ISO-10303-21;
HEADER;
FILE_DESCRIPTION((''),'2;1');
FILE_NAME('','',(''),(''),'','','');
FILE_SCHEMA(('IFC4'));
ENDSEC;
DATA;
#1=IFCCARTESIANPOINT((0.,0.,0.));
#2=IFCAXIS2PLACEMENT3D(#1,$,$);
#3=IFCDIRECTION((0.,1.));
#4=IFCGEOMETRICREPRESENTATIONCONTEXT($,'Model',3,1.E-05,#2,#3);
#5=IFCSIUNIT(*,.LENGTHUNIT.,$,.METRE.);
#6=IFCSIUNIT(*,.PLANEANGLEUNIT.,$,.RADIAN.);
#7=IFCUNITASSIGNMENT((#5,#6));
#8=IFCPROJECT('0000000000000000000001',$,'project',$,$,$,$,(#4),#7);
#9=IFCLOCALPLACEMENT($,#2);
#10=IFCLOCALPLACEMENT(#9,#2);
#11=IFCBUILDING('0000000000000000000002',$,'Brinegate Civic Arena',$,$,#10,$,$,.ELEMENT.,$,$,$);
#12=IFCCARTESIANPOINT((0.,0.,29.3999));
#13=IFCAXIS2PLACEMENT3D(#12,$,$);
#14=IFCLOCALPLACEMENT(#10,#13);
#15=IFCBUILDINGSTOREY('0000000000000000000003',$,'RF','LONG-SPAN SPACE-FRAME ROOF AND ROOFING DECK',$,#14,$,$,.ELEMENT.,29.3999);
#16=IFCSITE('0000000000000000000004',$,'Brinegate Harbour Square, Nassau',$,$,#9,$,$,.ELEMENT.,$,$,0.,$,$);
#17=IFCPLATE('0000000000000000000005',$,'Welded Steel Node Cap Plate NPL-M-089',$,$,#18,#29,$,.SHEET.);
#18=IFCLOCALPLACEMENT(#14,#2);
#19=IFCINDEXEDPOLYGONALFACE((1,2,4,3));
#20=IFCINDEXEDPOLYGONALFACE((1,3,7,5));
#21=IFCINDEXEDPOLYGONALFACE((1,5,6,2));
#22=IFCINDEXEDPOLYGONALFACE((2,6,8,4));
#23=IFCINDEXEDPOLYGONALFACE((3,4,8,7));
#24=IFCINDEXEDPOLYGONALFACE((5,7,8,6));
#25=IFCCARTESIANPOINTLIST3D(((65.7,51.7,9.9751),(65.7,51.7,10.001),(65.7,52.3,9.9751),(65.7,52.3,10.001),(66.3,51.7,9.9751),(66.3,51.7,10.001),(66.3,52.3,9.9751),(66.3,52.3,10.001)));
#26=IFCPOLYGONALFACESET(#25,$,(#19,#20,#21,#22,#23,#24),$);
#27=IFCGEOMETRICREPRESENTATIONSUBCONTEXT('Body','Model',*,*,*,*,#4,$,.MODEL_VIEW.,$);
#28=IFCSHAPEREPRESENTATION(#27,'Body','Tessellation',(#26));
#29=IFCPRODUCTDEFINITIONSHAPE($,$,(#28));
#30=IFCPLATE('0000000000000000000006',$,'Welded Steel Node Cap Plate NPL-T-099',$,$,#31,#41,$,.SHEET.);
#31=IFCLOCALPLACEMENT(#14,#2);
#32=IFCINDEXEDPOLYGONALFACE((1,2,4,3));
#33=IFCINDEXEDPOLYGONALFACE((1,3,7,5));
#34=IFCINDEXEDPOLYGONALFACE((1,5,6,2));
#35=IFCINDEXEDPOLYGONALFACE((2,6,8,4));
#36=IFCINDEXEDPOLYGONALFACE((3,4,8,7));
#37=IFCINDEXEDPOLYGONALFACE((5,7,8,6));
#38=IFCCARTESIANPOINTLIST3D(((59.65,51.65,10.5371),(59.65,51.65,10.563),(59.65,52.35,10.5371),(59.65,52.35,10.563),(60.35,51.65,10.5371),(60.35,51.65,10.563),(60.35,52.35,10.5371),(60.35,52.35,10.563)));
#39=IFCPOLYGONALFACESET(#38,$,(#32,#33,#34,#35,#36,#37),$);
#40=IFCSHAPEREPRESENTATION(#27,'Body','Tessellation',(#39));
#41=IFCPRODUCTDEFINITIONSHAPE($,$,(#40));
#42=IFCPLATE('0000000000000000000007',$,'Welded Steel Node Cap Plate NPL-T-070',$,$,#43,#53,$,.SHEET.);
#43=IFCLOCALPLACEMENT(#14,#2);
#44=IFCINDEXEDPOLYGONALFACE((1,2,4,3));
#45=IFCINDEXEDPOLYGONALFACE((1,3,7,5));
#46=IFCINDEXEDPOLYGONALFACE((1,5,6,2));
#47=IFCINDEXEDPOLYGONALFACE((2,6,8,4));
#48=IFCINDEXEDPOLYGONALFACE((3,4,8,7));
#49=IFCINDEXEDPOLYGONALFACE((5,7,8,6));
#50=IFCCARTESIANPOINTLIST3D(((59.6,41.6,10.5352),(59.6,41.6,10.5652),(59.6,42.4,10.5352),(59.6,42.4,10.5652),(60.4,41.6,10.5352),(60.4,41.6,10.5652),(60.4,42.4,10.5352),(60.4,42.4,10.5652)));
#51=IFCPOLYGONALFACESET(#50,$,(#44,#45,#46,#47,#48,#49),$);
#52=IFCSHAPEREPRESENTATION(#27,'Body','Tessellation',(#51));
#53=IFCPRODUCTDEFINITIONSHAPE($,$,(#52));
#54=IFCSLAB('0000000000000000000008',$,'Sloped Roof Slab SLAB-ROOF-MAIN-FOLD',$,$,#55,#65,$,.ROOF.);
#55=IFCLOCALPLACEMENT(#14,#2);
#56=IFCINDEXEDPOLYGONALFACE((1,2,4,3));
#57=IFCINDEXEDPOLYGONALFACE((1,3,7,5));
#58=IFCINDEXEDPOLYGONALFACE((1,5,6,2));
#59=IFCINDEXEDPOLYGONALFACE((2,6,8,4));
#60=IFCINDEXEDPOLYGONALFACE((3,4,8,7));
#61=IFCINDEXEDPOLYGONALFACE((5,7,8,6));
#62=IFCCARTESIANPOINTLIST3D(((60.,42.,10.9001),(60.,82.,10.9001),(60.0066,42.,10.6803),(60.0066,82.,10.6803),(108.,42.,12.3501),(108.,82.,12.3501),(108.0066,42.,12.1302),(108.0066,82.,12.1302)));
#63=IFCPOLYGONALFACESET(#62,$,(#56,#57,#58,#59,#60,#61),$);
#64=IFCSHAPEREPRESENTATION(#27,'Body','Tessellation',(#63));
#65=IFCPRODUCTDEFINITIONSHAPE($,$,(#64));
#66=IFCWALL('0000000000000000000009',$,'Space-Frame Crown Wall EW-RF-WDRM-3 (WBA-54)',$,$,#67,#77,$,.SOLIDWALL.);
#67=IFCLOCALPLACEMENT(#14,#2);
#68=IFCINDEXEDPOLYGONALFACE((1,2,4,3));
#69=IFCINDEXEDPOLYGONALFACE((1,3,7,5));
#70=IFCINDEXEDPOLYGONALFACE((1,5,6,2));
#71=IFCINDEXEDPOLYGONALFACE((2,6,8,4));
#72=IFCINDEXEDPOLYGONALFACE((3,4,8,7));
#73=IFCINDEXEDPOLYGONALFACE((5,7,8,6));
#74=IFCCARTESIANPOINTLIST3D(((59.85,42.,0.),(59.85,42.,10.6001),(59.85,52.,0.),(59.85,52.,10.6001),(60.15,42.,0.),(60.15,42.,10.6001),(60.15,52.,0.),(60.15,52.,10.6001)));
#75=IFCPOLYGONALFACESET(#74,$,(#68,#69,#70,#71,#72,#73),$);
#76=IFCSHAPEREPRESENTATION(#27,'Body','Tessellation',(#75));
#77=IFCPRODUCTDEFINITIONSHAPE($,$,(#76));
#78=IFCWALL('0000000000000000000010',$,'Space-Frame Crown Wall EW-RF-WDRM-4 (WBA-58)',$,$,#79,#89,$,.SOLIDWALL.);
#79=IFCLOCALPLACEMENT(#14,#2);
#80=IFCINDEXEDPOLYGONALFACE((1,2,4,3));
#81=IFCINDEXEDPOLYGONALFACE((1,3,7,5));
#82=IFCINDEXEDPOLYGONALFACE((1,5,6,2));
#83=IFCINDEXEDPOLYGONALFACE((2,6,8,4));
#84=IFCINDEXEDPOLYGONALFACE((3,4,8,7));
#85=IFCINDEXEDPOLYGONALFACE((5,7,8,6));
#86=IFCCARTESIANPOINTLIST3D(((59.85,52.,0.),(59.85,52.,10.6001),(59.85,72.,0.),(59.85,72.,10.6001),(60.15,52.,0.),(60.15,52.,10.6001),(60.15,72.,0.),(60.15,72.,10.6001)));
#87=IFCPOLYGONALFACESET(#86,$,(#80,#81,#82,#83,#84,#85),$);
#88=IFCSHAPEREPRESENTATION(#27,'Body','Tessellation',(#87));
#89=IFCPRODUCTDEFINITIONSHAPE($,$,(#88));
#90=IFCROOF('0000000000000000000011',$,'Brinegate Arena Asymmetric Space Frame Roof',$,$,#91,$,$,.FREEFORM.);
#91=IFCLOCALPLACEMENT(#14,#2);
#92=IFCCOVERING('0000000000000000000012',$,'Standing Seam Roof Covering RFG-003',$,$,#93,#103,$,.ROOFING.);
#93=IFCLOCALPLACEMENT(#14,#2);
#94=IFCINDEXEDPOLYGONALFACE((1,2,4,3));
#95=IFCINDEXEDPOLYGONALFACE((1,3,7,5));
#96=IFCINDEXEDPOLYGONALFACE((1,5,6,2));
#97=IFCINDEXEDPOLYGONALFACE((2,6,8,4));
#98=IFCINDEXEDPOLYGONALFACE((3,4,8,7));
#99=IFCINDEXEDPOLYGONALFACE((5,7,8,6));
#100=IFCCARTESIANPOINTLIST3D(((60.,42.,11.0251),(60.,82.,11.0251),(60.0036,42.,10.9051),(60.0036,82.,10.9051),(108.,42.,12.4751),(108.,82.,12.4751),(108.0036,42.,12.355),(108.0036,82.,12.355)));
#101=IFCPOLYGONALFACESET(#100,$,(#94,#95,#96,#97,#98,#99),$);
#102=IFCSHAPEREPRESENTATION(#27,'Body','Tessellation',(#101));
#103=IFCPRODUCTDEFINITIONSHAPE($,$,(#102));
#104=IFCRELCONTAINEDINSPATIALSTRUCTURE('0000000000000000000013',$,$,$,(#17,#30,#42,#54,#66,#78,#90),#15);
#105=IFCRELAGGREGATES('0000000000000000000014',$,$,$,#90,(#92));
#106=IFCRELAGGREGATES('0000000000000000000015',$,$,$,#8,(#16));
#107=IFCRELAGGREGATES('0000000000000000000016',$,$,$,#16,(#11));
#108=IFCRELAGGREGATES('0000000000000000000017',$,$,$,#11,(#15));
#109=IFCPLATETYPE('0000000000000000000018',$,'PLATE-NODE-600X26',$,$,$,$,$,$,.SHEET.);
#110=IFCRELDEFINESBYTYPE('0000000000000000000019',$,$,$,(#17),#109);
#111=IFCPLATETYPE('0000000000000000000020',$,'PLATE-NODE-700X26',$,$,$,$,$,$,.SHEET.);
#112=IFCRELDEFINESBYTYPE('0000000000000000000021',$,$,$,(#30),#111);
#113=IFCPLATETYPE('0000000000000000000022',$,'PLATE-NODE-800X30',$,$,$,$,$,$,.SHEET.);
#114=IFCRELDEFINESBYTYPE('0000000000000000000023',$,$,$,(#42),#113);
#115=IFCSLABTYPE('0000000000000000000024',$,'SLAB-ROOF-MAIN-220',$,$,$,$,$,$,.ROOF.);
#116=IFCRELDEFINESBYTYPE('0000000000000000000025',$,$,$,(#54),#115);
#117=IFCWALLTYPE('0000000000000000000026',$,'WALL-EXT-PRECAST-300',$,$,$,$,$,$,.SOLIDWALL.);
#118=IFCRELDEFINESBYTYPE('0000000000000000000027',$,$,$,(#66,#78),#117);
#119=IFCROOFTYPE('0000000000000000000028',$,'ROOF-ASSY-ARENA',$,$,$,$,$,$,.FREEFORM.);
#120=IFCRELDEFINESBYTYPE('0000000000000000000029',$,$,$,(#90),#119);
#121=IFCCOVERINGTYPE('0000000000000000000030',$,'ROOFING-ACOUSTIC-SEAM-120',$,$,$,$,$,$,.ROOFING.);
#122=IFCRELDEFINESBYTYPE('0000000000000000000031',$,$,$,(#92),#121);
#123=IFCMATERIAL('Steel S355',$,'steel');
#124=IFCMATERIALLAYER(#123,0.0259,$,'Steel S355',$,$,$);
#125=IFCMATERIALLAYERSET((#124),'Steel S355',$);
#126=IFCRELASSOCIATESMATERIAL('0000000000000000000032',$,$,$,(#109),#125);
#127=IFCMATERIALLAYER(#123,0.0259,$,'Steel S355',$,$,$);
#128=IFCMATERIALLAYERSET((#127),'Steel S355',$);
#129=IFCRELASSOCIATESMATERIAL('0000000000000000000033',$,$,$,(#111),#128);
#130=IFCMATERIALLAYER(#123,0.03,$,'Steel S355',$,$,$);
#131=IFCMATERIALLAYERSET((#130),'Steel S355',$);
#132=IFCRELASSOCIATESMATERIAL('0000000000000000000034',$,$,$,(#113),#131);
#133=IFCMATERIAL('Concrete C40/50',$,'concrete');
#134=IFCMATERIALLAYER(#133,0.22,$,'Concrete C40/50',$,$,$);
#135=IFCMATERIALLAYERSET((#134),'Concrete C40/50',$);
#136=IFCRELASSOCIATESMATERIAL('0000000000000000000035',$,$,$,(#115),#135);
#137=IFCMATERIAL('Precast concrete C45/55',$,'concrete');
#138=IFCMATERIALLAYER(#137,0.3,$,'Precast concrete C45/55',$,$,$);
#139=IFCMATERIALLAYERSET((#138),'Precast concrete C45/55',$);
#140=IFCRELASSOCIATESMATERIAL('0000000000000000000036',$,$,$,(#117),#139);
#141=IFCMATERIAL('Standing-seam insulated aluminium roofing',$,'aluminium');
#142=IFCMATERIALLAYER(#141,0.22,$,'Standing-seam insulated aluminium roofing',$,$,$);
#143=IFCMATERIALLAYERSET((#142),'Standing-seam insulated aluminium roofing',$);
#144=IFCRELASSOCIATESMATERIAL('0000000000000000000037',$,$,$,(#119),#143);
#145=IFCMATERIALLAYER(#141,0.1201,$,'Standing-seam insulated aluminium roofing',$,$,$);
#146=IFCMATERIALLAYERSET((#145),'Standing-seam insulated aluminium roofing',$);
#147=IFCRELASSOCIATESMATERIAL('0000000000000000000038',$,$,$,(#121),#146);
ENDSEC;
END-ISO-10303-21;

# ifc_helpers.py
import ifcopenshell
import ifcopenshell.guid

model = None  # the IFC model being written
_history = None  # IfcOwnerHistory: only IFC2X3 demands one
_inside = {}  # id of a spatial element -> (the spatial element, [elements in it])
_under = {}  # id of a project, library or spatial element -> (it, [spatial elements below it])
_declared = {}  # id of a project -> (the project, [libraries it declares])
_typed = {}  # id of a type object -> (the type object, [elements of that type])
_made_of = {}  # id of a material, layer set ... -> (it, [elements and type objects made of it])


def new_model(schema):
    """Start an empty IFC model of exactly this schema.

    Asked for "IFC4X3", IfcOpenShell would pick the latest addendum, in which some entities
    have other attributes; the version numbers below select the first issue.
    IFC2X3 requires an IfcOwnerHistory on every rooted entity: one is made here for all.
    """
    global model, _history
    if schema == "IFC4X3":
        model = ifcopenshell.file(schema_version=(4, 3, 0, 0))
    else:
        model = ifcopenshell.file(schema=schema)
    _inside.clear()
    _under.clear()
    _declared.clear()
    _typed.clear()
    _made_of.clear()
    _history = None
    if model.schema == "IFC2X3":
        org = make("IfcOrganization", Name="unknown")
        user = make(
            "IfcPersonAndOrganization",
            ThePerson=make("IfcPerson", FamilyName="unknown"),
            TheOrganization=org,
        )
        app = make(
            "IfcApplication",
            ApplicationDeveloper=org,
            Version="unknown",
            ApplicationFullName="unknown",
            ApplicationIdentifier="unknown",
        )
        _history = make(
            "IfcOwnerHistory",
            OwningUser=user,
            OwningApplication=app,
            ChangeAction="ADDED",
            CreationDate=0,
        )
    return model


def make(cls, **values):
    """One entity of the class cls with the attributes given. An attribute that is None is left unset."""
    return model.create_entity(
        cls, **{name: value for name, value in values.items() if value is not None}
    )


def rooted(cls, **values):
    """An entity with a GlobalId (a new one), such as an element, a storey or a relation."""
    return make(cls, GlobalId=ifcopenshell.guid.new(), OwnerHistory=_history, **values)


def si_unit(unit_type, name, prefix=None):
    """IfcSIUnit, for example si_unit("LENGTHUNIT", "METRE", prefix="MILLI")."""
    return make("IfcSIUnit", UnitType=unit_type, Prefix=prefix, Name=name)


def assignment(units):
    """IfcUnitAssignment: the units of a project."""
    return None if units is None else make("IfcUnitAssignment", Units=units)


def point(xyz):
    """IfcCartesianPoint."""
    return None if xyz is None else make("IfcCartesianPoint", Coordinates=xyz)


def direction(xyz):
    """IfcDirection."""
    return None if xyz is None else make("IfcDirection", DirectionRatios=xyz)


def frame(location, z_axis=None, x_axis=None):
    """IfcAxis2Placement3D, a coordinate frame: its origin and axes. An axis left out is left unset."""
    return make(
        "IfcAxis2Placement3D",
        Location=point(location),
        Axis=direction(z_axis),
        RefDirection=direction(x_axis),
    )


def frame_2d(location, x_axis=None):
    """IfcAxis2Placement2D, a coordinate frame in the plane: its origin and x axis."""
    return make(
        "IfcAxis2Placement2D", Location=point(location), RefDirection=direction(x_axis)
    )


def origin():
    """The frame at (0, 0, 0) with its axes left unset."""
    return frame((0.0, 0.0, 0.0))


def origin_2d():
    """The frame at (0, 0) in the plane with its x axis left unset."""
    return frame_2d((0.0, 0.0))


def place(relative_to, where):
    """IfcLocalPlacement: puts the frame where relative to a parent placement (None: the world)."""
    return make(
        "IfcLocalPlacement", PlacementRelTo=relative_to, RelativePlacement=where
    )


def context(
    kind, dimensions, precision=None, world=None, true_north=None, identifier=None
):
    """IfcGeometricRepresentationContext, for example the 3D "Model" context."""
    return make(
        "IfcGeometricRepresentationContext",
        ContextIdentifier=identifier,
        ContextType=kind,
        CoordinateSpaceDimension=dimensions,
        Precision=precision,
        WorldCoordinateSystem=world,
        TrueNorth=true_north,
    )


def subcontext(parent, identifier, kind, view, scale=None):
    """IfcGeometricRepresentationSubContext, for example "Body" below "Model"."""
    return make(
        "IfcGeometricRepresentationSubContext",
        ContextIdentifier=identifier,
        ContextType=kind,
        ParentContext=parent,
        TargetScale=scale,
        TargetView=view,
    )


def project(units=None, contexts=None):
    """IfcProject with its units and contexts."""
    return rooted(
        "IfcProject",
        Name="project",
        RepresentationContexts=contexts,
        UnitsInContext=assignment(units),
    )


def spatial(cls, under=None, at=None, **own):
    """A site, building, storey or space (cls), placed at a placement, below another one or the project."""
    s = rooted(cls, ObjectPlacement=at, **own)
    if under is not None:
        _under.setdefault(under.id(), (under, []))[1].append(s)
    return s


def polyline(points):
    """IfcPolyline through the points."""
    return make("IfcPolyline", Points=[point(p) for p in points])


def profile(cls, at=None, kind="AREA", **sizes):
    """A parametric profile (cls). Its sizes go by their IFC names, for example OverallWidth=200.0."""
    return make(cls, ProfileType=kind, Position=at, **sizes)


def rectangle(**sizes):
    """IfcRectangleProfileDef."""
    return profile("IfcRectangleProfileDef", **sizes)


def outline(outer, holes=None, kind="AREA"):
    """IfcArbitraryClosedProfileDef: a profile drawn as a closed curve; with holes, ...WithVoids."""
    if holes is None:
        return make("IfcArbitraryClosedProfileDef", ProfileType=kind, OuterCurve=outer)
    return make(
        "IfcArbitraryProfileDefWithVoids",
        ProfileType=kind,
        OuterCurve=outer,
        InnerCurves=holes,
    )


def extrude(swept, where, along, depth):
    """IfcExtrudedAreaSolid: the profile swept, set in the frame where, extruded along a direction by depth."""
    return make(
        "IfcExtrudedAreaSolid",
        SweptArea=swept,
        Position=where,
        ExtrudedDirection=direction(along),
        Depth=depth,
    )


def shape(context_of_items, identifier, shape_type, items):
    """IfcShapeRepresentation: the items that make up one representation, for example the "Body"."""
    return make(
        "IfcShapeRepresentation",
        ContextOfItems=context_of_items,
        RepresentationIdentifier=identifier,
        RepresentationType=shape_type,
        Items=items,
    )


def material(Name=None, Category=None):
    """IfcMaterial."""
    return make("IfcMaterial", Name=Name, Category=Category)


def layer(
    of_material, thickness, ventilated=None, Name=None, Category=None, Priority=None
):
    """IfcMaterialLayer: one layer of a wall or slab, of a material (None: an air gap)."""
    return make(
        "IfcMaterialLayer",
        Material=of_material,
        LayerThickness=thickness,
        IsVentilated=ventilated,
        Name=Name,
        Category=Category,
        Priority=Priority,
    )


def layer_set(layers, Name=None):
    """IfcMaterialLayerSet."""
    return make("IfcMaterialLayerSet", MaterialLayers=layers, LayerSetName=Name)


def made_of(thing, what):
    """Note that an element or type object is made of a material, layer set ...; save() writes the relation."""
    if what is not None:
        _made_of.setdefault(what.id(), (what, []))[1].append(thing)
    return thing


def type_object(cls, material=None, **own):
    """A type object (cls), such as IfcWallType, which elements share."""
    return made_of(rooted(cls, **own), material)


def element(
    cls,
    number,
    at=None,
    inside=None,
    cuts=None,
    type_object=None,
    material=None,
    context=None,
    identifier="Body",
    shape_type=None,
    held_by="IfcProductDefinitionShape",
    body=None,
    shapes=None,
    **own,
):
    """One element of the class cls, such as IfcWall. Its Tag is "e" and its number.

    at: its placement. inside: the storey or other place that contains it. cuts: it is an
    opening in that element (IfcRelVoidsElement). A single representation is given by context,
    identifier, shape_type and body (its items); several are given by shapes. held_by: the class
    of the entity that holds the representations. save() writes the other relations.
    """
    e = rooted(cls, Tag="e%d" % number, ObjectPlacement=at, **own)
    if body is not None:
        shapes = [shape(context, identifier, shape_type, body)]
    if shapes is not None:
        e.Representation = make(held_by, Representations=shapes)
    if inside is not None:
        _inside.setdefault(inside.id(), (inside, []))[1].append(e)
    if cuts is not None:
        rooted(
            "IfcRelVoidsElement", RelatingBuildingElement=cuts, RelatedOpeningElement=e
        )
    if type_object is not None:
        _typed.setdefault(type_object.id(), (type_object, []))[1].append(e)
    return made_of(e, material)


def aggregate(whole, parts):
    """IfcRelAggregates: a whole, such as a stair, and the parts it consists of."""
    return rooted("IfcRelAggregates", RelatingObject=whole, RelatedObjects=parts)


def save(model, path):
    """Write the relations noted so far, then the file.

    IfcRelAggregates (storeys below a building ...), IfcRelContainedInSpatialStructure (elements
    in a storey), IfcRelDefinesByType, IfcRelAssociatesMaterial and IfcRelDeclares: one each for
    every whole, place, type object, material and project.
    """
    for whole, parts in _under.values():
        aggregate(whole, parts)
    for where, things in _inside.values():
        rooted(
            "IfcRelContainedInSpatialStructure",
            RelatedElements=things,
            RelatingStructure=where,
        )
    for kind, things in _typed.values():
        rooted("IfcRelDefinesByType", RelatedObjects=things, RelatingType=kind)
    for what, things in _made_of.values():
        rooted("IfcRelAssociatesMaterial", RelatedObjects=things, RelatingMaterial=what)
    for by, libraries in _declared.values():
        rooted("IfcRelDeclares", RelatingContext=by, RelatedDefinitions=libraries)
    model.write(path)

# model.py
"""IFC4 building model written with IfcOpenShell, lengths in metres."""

from ifc_helpers import new_model, si_unit, direction, frame, frame_2d, origin, origin_2d, place, context, subcontext, project, spatial, polyline, rectangle, outline, extrude, material, layer, layer_set, type_object, element, aggregate, save


model = new_model("IFC4")

# Units and contexts
model_context = context("Model", 3, precision=1e-05, world=origin(), true_north=direction((0.0, 1.0)))
body_context = subcontext(model_context, "Body", "Model", "MODEL_VIEW")
ifc_project = project(units=[si_unit("LENGTHUNIT", "METRE"), si_unit("PLANEANGLEUNIT", "RADIAN")], contexts=[model_context])

# Site, building, storey
site_placement = place(None, origin())
site = spatial("IfcSite", under=ifc_project, at=site_placement, Name="Brinegate Harbour Square, Nassau", CompositionType="ELEMENT", RefElevation=0.0)
building_placement = place(site_placement, origin())
building = spatial("IfcBuilding", under=site, at=building_placement, Name="Brinegate Civic Arena", CompositionType="ELEMENT")
storey_placement = place(building_placement, frame((0.0, 0.0, 29.3999)))
storey = spatial("IfcBuildingStorey", under=building, at=storey_placement, Name="RF", Description="LONG-SPAN SPACE-FRAME ROOF AND ROOFING DECK", CompositionType="ELEMENT", Elevation=29.3999)

# Shared definitions
ifc_material_1 = material(Name="Steel S355", Category="steel")

# Plates
ifc_layer_1 = layer(ifc_material_1, 0.0259, Name="Steel S355")
ifc_layer_set_1 = layer_set([ifc_layer_1], Name="Steel S355")
plate_type_1 = type_object("IfcPlateType", Name="PLATE-NODE-600X26", PredefinedType="SHEET", material=ifc_layer_set_1)
for number, where, z_axis, x_axis, name in (
    (1, (66.0, 52.0, 9.9751), (0.0, 0.0, 1.0), (1.0, 0.0, 0.0), "Welded Steel Node Cap Plate NPL-M-089"),
):
    element("IfcPlate", number, at=place(storey_placement, frame(where, z_axis=z_axis, x_axis=x_axis)), inside=storey, type_object=plate_type_1, Name=name, PredefinedType="SHEET", context=body_context, shape_type="SweptSolid", body=[
        extrude(rectangle(XDim=0.6001, YDim=0.6001, at=origin_2d()), origin(), (0.0, 0.0, 1.0), 0.0259),
    ])
ifc_layer_2 = layer(ifc_material_1, 0.0259, Name="Steel S355")
ifc_layer_set_2 = layer_set([ifc_layer_2], Name="Steel S355")
plate_type_2 = type_object("IfcPlateType", Name="PLATE-NODE-700X26", PredefinedType="SHEET", material=ifc_layer_set_2)
plate_1_placement = place(storey_placement, frame((60.0, 52.0, 10.5371), z_axis=(0.0, 0.0, 1.0), x_axis=(1.0, 0.0, 0.0)))
element("IfcPlate", 2, at=plate_1_placement, inside=storey, type_object=plate_type_2, Name="Welded Steel Node Cap Plate NPL-T-099", PredefinedType="SHEET", context=body_context, shape_type="SweptSolid", body=[
    extrude(rectangle(XDim=0.7, YDim=0.7, at=origin_2d()), origin(), (0.0, 0.0, 1.0), 0.0259),
])
ifc_layer_3 = layer(ifc_material_1, 0.03, Name="Steel S355")
ifc_layer_set_3 = layer_set([ifc_layer_3], Name="Steel S355")
plate_type_3 = type_object("IfcPlateType", Name="PLATE-NODE-800X30", PredefinedType="SHEET", material=ifc_layer_set_3)
plate_2_placement = place(storey_placement, frame((60.0, 42.0, 10.5352), z_axis=(0.0, 0.0, 1.0), x_axis=(1.0, 0.0, 0.0)))
element("IfcPlate", 3, at=plate_2_placement, inside=storey, type_object=plate_type_3, Name="Welded Steel Node Cap Plate NPL-T-070", PredefinedType="SHEET", context=body_context, shape_type="SweptSolid", body=[
    extrude(rectangle(XDim=0.8, YDim=0.8, at=origin_2d()), origin(), (0.0, 0.0, 1.0), 0.03),
])

# Slab
ifc_material_2 = material(Name="Concrete C40/50", Category="concrete")
ifc_layer_4 = layer(ifc_material_2, 0.22, Name="Concrete C40/50")
ifc_layer_set_4 = layer_set([ifc_layer_4], Name="Concrete C40/50")
slab_type = type_object("IfcSlabType", Name="SLAB-ROOF-MAIN-220", PredefinedType="ROOF", material=ifc_layer_set_4)
slab_placement = place(storey_placement, frame((60.0, 42.0, 10.9001), z_axis=(-0.030194, 0.0, 0.999544), x_axis=(0.999544, 0.0, 0.030194)))
element("IfcSlab", 4, at=slab_placement, inside=storey, type_object=slab_type, Name="Sloped Roof Slab SLAB-ROOF-MAIN-FOLD", PredefinedType="ROOF", context=body_context, shape_type="SweptSolid", body=[
    extrude(outline(polyline([(0.0, 0.0), (48.0219, 0.0), (48.0219, 40.0), (0.0, 40.0), (0.0, 0.0)])), origin(), (0.0, 0.0, -1.0), 0.22),
])

# Walls
ifc_material_3 = material(Name="Precast concrete C45/55", Category="concrete")
ifc_layer_5 = layer(ifc_material_3, 0.3, Name="Precast concrete C45/55")
ifc_layer_set_5 = layer_set([ifc_layer_5], Name="Precast concrete C45/55")
wall_type = type_object("IfcWallType", Name="WALL-EXT-PRECAST-300", PredefinedType="SOLIDWALL", material=ifc_layer_set_5)
wall_1_placement = place(storey_placement, frame((60.0, 42.0, 0.0), z_axis=(0.0, 0.0, 1.0), x_axis=(0.0, 1.0, 0.0)))
element("IfcWall", 5, at=wall_1_placement, inside=storey, type_object=wall_type, Name="Space-Frame Crown Wall EW-RF-WDRM-3 (WBA-54)", PredefinedType="SOLIDWALL", context=body_context, shape_type="SweptSolid", body=[
    extrude(rectangle(XDim=10.0, YDim=0.3, at=frame_2d((5.0, 0.0))), origin(), (0.0, 0.0, 1.0), 10.6001),
])
wall_2_placement = place(storey_placement, frame((60.0, 52.0, 0.0), z_axis=(0.0, 0.0, 1.0), x_axis=(0.0, 1.0, 0.0)))
element("IfcWall", 6, at=wall_2_placement, inside=storey, type_object=wall_type, Name="Space-Frame Crown Wall EW-RF-WDRM-4 (WBA-58)", PredefinedType="SOLIDWALL", context=body_context, shape_type="SweptSolid", body=[
    extrude(rectangle(XDim=20.0, YDim=0.3, at=frame_2d((10.0, 0.0))), origin(), (0.0, 0.0, 1.0), 10.6001),
])

# Roof, covering
ifc_material_4 = material(Name="Standing-seam insulated aluminium roofing", Category="aluminium")
ifc_layer_6 = layer(ifc_material_4, 0.22, Name="Standing-seam insulated aluminium roofing")
ifc_layer_set_6 = layer_set([ifc_layer_6], Name="Standing-seam insulated aluminium roofing")
roof_type = type_object("IfcRoofType", Name="ROOF-ASSY-ARENA", PredefinedType="FREEFORM", material=ifc_layer_set_6)
roof_placement = place(storey_placement, origin())
roof = element("IfcRoof", 7, at=roof_placement, inside=storey, type_object=roof_type, Name="Brinegate Arena Asymmetric Space Frame Roof", PredefinedType="FREEFORM")
ifc_layer_7 = layer(ifc_material_4, 0.1201, Name="Standing-seam insulated aluminium roofing")
ifc_layer_set_7 = layer_set([ifc_layer_7], Name="Standing-seam insulated aluminium roofing")
covering_type = type_object("IfcCoveringType", Name="ROOFING-ACOUSTIC-SEAM-120", PredefinedType="ROOFING", material=ifc_layer_set_7)
covering_placement = place(storey_placement, frame((60.0, 42.0, 11.0251), z_axis=(-0.030194, 0.0, 0.999544), x_axis=(0.999544, 0.0, 0.030194)))
covering = element("IfcCovering", 8, at=covering_placement, type_object=covering_type, Name="Standing Seam Roof Covering RFG-003", PredefinedType="ROOFING", context=body_context, shape_type="SweptSolid", body=[
    extrude(outline(polyline([(0.0, 0.0), (48.0219, 0.0), (48.0219, 40.0), (0.0, 40.0), (0.0, 0.0)])), origin(), (0.0, 0.0, -1.0), 0.1201),
])
aggregate(roof, [covering])

save(model, "model.ifc")
